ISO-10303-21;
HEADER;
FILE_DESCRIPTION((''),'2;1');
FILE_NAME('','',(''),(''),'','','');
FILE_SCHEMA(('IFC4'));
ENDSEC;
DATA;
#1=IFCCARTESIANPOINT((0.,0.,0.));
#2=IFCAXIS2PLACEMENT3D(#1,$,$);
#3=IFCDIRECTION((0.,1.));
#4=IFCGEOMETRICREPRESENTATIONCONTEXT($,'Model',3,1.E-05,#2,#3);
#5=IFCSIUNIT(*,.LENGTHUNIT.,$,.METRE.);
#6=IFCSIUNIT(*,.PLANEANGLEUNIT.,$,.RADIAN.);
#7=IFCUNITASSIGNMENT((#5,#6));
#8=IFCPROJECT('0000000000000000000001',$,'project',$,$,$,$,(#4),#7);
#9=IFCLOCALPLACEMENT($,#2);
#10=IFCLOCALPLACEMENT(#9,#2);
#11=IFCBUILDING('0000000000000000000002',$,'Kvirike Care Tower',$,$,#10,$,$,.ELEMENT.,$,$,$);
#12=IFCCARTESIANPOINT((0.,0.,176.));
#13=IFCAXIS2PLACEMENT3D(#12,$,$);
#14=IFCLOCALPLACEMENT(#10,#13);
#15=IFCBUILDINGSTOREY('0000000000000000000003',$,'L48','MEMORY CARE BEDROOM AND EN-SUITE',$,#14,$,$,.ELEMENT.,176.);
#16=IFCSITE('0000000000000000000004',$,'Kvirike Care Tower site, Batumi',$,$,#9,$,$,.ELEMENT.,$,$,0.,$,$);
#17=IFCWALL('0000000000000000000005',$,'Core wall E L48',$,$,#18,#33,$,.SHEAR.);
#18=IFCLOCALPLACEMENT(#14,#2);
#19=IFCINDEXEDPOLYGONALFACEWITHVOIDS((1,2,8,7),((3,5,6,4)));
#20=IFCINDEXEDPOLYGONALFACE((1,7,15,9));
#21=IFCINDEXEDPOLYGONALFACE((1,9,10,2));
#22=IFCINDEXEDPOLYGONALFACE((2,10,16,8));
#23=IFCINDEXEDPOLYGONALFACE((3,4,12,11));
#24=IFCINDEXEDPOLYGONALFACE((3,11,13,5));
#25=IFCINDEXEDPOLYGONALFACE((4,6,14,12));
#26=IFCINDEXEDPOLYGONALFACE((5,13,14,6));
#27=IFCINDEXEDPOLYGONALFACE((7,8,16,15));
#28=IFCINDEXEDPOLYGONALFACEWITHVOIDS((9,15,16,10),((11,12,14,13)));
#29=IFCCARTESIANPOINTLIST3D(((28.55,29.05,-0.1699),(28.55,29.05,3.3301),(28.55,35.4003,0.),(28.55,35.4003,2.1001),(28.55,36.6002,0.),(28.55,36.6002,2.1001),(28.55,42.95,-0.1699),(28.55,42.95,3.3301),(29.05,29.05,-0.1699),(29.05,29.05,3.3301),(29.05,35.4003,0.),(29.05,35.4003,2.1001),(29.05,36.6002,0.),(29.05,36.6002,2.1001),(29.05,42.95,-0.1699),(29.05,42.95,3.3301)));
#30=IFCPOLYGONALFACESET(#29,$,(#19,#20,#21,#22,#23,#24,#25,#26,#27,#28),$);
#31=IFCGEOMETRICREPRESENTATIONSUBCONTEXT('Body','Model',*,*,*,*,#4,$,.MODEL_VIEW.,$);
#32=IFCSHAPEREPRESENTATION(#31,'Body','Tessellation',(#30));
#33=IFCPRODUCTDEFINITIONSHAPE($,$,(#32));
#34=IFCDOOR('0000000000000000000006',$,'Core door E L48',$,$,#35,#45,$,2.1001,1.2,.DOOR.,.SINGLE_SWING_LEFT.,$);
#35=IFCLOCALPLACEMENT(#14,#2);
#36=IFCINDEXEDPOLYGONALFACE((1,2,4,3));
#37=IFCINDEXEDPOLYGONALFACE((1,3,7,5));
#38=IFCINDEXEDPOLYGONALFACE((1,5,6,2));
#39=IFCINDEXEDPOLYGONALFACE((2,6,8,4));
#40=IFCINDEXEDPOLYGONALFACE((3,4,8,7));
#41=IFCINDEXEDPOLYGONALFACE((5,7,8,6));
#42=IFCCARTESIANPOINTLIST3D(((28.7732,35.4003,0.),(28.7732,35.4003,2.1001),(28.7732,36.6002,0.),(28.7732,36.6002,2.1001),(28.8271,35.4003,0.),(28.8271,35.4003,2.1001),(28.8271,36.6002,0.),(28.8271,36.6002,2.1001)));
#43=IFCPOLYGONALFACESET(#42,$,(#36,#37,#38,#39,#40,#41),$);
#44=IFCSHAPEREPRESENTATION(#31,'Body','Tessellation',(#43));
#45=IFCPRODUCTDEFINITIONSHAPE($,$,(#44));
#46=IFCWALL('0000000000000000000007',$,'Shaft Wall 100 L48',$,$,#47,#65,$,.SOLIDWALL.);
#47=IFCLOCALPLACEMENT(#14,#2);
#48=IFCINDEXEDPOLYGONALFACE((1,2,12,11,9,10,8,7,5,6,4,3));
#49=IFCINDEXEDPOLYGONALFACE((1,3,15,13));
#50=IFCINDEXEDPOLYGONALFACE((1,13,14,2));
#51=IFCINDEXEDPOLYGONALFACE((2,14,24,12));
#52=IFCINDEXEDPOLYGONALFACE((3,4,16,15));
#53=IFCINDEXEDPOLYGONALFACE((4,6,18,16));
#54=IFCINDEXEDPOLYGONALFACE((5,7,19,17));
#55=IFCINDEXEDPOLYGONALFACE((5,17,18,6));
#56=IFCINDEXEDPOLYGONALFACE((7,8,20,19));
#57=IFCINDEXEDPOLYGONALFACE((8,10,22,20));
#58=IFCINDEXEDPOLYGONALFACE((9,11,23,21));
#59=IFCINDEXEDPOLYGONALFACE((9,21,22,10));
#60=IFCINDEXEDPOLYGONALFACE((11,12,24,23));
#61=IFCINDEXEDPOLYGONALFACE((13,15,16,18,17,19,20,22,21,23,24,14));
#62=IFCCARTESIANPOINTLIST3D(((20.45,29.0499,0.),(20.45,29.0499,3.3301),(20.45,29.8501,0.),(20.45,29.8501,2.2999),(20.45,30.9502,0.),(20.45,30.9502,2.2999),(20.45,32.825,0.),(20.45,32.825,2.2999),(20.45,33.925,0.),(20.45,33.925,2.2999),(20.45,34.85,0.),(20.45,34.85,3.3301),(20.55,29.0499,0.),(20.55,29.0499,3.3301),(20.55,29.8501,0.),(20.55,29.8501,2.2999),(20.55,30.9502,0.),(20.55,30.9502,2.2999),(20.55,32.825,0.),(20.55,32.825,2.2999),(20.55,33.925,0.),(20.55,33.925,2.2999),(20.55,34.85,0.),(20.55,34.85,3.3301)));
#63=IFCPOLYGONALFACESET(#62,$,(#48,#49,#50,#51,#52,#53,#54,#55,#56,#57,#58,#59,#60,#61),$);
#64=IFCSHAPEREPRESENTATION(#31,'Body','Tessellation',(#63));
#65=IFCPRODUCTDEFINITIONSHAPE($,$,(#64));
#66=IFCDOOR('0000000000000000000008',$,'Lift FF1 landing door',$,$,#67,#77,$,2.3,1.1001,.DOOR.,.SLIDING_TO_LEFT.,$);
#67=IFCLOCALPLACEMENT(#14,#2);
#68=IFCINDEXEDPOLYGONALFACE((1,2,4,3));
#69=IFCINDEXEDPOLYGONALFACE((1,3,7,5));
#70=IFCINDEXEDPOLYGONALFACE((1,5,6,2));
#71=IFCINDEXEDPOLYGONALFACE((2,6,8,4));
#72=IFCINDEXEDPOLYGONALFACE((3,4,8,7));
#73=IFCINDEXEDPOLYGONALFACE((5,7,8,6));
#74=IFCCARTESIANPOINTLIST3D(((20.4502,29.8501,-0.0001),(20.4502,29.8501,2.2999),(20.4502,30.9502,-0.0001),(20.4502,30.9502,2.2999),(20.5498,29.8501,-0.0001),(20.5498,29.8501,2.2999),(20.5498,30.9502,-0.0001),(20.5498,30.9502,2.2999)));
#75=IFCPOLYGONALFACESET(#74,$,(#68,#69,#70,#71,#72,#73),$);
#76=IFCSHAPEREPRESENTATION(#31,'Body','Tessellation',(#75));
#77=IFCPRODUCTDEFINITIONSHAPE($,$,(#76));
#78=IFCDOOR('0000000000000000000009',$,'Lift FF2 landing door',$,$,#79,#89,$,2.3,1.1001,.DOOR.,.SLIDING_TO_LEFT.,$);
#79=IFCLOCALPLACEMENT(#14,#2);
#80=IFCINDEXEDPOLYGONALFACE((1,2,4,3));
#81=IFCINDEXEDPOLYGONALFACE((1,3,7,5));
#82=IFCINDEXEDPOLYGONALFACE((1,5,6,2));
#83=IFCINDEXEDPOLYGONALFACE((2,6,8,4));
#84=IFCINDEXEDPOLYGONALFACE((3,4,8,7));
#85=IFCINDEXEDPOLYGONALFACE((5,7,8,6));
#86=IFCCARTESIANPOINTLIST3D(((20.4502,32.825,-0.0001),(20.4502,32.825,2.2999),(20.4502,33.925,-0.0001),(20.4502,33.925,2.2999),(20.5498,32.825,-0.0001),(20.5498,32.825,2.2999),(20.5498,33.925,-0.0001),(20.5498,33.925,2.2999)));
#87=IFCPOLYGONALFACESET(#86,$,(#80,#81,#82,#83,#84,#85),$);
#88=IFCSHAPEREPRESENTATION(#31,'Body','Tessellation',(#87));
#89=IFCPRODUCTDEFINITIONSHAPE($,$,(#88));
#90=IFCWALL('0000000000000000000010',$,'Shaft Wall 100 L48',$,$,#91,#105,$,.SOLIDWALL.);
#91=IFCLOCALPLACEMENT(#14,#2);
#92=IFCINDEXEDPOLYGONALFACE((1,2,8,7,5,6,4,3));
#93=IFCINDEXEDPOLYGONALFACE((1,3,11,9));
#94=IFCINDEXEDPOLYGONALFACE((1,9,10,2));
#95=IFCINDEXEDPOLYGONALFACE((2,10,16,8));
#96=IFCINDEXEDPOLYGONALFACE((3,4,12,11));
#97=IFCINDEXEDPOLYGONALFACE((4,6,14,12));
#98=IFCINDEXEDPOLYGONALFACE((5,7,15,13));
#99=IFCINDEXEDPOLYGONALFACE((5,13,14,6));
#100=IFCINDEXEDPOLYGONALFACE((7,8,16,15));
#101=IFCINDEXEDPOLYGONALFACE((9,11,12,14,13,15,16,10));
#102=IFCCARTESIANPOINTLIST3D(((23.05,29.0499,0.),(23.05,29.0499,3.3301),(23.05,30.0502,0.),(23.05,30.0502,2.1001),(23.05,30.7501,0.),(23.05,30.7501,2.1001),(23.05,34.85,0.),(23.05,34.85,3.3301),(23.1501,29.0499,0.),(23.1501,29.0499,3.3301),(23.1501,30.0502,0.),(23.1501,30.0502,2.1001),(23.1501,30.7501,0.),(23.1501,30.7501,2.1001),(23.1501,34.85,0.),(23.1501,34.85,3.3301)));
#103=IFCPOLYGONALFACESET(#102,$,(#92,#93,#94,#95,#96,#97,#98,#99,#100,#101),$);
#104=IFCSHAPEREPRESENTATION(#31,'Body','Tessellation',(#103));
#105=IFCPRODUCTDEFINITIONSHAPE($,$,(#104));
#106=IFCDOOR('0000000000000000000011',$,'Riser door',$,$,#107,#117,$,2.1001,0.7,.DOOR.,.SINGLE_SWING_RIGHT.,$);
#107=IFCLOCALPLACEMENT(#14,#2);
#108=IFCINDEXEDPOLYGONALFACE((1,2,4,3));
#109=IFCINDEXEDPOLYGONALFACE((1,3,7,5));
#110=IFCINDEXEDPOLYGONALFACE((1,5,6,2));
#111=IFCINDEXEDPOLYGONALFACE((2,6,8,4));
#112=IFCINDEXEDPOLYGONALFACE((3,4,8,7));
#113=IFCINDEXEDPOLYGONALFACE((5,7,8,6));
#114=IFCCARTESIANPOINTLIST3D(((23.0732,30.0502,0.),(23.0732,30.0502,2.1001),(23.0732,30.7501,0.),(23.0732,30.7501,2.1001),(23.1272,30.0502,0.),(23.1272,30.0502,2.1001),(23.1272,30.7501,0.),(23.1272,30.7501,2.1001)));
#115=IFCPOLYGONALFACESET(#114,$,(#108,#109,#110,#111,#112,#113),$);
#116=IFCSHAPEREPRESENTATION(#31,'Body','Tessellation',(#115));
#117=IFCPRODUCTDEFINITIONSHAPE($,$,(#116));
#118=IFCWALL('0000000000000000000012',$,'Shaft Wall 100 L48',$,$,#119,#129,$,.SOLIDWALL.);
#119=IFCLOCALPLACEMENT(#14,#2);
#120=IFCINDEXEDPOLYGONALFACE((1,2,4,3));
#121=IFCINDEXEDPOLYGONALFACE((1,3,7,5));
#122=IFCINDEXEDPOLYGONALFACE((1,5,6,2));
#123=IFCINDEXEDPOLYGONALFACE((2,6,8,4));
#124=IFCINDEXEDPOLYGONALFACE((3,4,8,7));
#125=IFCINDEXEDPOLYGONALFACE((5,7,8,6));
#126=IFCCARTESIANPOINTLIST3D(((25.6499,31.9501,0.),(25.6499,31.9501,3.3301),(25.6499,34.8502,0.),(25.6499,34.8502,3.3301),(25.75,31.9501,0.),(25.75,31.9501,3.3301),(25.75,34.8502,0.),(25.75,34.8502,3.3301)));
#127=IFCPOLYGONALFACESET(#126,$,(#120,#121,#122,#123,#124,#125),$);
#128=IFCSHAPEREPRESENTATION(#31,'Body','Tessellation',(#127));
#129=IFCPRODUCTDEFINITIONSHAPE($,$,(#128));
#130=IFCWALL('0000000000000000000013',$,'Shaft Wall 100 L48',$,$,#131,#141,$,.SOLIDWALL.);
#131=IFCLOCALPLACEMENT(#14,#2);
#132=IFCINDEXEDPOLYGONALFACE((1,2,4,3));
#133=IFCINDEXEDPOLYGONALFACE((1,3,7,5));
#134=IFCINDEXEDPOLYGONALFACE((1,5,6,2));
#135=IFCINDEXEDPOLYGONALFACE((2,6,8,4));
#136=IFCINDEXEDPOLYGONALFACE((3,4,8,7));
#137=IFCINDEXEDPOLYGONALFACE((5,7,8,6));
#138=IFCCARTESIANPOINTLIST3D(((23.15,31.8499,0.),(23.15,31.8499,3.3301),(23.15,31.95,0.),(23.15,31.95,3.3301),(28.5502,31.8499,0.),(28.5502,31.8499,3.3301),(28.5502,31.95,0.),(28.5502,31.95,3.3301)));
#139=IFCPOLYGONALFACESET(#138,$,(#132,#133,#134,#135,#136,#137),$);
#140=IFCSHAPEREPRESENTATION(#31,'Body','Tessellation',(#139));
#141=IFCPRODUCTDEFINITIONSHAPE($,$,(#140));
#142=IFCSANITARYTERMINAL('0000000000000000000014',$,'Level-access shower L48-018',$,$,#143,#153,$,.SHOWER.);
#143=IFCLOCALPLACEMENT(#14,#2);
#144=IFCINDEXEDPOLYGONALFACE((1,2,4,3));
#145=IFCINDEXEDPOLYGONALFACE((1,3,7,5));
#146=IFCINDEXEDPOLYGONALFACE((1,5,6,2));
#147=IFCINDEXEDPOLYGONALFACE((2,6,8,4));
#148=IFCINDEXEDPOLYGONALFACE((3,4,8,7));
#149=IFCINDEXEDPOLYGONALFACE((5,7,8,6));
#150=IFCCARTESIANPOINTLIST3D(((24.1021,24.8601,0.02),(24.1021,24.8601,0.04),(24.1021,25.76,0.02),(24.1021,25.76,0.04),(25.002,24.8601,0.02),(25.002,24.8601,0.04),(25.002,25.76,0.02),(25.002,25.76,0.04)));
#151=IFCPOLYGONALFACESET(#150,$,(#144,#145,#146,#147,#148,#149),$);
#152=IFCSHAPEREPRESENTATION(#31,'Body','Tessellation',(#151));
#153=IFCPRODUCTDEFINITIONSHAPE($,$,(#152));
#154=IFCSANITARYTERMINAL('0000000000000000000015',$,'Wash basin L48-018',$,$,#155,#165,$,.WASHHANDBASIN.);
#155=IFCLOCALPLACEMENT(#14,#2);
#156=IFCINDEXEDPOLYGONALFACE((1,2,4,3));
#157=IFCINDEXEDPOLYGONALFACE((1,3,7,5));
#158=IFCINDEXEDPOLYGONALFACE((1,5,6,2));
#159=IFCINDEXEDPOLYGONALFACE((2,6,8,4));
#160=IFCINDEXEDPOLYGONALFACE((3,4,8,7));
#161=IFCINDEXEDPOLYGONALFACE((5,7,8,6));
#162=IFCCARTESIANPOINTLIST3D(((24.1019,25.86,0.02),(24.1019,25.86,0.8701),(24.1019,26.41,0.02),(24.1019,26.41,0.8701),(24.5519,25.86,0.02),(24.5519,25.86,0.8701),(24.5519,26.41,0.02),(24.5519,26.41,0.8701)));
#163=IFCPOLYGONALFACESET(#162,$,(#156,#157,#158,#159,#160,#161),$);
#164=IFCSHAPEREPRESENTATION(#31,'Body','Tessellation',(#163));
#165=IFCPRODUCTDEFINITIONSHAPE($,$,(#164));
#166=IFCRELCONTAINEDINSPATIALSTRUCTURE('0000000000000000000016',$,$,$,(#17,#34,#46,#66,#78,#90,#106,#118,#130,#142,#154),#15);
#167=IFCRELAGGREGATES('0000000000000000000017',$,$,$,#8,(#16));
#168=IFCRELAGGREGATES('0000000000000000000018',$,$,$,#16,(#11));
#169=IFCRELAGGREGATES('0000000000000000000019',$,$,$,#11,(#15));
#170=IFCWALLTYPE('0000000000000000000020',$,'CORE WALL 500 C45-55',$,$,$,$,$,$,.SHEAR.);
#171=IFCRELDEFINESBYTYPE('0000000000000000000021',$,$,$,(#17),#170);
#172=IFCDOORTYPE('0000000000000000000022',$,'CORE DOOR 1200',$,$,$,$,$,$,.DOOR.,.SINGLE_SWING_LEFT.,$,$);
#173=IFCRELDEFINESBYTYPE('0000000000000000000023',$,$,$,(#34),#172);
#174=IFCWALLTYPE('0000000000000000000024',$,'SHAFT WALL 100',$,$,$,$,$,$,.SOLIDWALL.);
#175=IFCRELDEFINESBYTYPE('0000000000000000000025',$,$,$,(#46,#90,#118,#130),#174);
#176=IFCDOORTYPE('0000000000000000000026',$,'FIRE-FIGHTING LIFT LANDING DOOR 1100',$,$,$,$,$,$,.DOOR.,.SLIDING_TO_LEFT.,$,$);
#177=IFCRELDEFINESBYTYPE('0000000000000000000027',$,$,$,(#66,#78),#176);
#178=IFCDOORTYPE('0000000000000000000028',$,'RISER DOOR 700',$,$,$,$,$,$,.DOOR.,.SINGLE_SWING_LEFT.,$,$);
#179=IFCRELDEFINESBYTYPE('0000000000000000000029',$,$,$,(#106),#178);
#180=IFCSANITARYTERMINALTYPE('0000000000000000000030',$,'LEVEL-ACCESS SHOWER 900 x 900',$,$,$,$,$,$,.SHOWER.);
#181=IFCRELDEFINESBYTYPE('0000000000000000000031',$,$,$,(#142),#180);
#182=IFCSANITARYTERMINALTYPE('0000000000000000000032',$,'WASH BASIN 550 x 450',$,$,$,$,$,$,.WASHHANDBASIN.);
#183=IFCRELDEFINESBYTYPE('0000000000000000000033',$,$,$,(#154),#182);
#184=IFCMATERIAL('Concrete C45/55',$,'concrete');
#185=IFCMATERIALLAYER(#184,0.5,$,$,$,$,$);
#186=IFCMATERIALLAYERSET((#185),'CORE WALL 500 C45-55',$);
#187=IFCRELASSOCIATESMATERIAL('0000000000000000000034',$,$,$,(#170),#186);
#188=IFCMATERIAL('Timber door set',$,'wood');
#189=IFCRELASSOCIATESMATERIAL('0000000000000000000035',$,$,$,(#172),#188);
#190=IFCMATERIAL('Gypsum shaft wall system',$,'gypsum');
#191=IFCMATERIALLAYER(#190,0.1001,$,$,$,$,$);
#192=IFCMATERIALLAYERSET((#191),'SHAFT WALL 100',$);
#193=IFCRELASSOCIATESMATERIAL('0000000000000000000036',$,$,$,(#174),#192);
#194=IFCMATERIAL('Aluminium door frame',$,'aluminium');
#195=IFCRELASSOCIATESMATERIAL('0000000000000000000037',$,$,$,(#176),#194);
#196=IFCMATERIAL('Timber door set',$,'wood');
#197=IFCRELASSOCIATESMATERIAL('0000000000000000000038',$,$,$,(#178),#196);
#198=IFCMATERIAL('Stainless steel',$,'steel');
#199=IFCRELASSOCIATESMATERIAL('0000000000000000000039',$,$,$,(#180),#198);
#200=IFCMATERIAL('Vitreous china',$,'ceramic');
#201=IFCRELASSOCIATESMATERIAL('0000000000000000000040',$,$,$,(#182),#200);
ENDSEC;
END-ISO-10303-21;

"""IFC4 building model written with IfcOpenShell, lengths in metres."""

from ifc_helpers import new_model, si_unit, direction, frame, frame_2d, origin, origin_2d, place, context, subcontext, project, spatial, rectangle, extrude, material, layer, layer_set, type_object, element, fill, save


model = new_model("IFC4")

# Units and contexts
model_context = context("Model", 3, precision=1e-05, world=origin(), true_north=direction((0.0, 1.0)))
body_context = subcontext(model_context, "Body", "Model", "MODEL_VIEW")
ifc_project = project(units=[si_unit("LENGTHUNIT", "METRE"), si_unit("PLANEANGLEUNIT", "RADIAN")], contexts=[model_context])

# Site, building, storey
site_placement = place(None, origin())
site = spatial("IfcSite", under=ifc_project, at=site_placement, Name="Kvirike Care Tower site, Batumi", CompositionType="ELEMENT", RefElevation=0.0)
building_placement = place(site_placement, origin())
building = spatial("IfcBuilding", under=site, at=building_placement, Name="Kvirike Care Tower", CompositionType="ELEMENT")
storey_placement = place(building_placement, frame((0.0, 0.0, 176.0)))
storey = spatial("IfcBuildingStorey", under=building, at=storey_placement, Name="L48", Description="MEMORY CARE BEDROOM AND EN-SUITE", CompositionType="ELEMENT", Elevation=176.0)

# Wall, opening, door
ifc_material_1 = material(Name="Concrete C45/55", Category="concrete")
ifc_layer_1 = layer(ifc_material_1, 0.5)
ifc_layer_set_1 = layer_set([ifc_layer_1], Name="CORE WALL 500 C45-55")
wall_type_1 = type_object("IfcWallType", Name="CORE WALL 500 C45-55", PredefinedType="SHEAR", material=ifc_layer_set_1)
wall_1_placement = place(storey_placement, frame((28.8, 29.05, -0.1699), z_axis=(0.0, 0.0, 1.0), x_axis=(0.0, 1.0, 0.0)))
wall_1 = element("IfcWall", 1, at=wall_1_placement, inside=storey, type_object=wall_type_1, Name="Core wall E L48", PredefinedType="SHEAR", context=body_context, shape_type="SweptSolid", body=[
    extrude(rectangle(XDim=13.8999, YDim=0.5, at=frame_2d((6.95, 0.0))), origin(), (0.0, 0.0, 1.0), 3.5),
])
opening_1_placement = place(wall_1_placement, frame((6.3501, 0.0, 0.1699)))
opening_1 = element("IfcOpeningElement", 2, at=opening_1_placement, cuts=wall_1, PredefinedType="OPENING", context=body_context, shape_type="SweptSolid", body=[
    extrude(rectangle(XDim=1.2, YDim=2.1001, at=frame_2d((0.6001, 1.05))), frame((0.0, 0.2605, 0.0), z_axis=(0.0, -1.0, 0.0), x_axis=(1.0, 0.0, 0.0)), (0.0, 0.0, 1.0), 0.521),
])
ifc_material_2 = material(Name="Timber door set", Category="wood")
door_type_1 = type_object("IfcDoorType", Name="CORE DOOR 1200", OperationType="SINGLE_SWING_LEFT", PredefinedType="DOOR", material=ifc_material_2)
door_1_placement = place(opening_1_placement, origin())
door_1 = element("IfcDoor", 3, at=door_1_placement, inside=storey, type_object=door_type_1, Name="Core door E L48", OperationType="SINGLE_SWING_LEFT", OverallHeight=2.1001, OverallWidth=1.2, PredefinedType="DOOR", context=body_context, shape_type="SweptSolid", body=[
    extrude(rectangle(XDim=1.2, YDim=2.1001, at=frame_2d((0.6001, 1.05))), frame((0.0, 0.0269, 0.0), z_axis=(0.0, -1.0, 0.0), x_axis=(1.0, 0.0, 0.0)), (0.0, 0.0, 1.0), 0.054),
])
fill(opening_1, door_1)

# Wall, openings, doors
ifc_material_3 = material(Name="Gypsum shaft wall system", Category="gypsum")
ifc_layer_2 = layer(ifc_material_3, 0.1001)
ifc_layer_set_2 = layer_set([ifc_layer_2], Name="SHAFT WALL 100")
wall_type_2 = type_object("IfcWallType", Name="SHAFT WALL 100", PredefinedType="SOLIDWALL", material=ifc_layer_set_2)
wall_2_placement = place(storey_placement, frame((20.5, 29.05, 0.0), z_axis=(0.0, 0.0, 1.0), x_axis=(0.0, 1.0, 0.0)))
wall_2 = element("IfcWall", 4, at=wall_2_placement, inside=storey, type_object=wall_type_2, Name="Shaft Wall 100 L48", PredefinedType="SOLIDWALL", context=body_context, shape_type="SweptSolid", body=[
    extrude(rectangle(XDim=5.8, YDim=0.1001, at=frame_2d((2.8999, 0.0))), origin(), (0.0, 0.0, 1.0), 3.3301),
])
opening_2_placement = place(wall_2_placement, frame((0.8, 0.0, 0.0)))
opening_2 = element("IfcOpeningElement", 5, at=opening_2_placement, cuts=wall_2, PredefinedType="OPENING", context=body_context, shape_type="SweptSolid", body=[
    extrude(rectangle(XDim=1.1001, YDim=2.3, at=frame_2d((0.55, 1.1499))), frame((0.0, 0.0605, 0.0), z_axis=(0.0, -1.0, 0.0), x_axis=(1.0, 0.0, 0.0)), (0.0, 0.0, 1.0), 0.1211),
])
opening_3_placement = place(wall_2_placement, frame((3.7749, 0.0, 0.0)))
opening_3 = element("IfcOpeningElement", 6, at=opening_3_placement, cuts=wall_2, PredefinedType="OPENING", context=body_context, shape_type="SweptSolid", body=[
    extrude(rectangle(XDim=1.1001, YDim=2.3, at=frame_2d((0.55, 1.1499))), frame((0.0, 0.0605, 0.0), z_axis=(0.0, -1.0, 0.0), x_axis=(1.0, 0.0, 0.0)), (0.0, 0.0, 1.0), 0.1211),
])
ifc_material_4 = material(Name="Aluminium door frame", Category="aluminium")
door_type_2 = type_object("IfcDoorType", Name="FIRE-FIGHTING LIFT LANDING DOOR 1100", OperationType="SLIDING_TO_LEFT", PredefinedType="DOOR", material=ifc_material_4)
door_2_placement = place(opening_2_placement, origin())
door_2 = element("IfcDoor", 7, at=door_2_placement, inside=storey, type_object=door_type_2, Name="Lift FF1 landing door", OperationType="SLIDING_TO_LEFT", OverallHeight=2.3, OverallWidth=1.1001, PredefinedType="DOOR", context=body_context, shape_type="SweptSolid", body=[
    extrude(rectangle(XDim=1.1001, YDim=2.3, at=frame_2d((0.55, 1.1499))), frame((0.0, 0.0498, 0.0), z_axis=(0.0, -1.0, 0.0), x_axis=(1.0, 0.0, 0.0)), (0.0, 0.0, 1.0), 0.0996),
])
fill(opening_2, door_2)
door_3_placement = place(opening_3_placement, origin())
door_3 = element("IfcDoor", 8, at=door_3_placement, inside=storey, type_object=door_type_2, Name="Lift FF2 landing door", OperationType="SLIDING_TO_LEFT", OverallHeight=2.3, OverallWidth=1.1001, PredefinedType="DOOR", context=body_context, shape_type="SweptSolid", body=[
    extrude(rectangle(XDim=1.1001, YDim=2.3, at=frame_2d((0.55, 1.1499))), frame((0.0, 0.0498, 0.0), z_axis=(0.0, -1.0, 0.0), x_axis=(1.0, 0.0, 0.0)), (0.0, 0.0, 1.0), 0.0996),
])
fill(opening_3, door_3)

# Wall, opening, door
wall_3_placement = place(storey_placement, frame((23.1001, 29.05, 0.0), z_axis=(0.0, 0.0, 1.0), x_axis=(0.0, 1.0, 0.0)))
wall_3 = element("IfcWall", 9, at=wall_3_placement, inside=storey, type_object=wall_type_2, Name="Shaft Wall 100 L48", PredefinedType="SOLIDWALL", context=body_context, shape_type="SweptSolid", body=[
    extrude(rectangle(XDim=5.8, YDim=0.1001, at=frame_2d((2.8999, 0.0))), origin(), (0.0, 0.0, 1.0), 3.3301),
])
opening_4_placement = place(wall_3_placement, frame((1.0, 0.0, 0.0)))
opening_4 = element("IfcOpeningElement", 10, at=opening_4_placement, cuts=wall_3, PredefinedType="OPENING", context=body_context, shape_type="SweptSolid", body=[
    extrude(rectangle(XDim=0.7, YDim=2.1001, at=frame_2d((0.3501, 1.05))), frame((0.0, 0.0605, 0.0), z_axis=(0.0, -1.0, 0.0), x_axis=(1.0, 0.0, 0.0)), (0.0, 0.0, 1.0), 0.1211),
])
ifc_material_5 = material(Name="Timber door set", Category="wood")
door_type_3 = type_object("IfcDoorType", Name="RISER DOOR 700", OperationType="SINGLE_SWING_LEFT", PredefinedType="DOOR", material=ifc_material_5)
door_4_placement = place(opening_4_placement, origin())
door_4 = element("IfcDoor", 11, at=door_4_placement, inside=storey, type_object=door_type_3, Name="Riser door", OperationType="SINGLE_SWING_RIGHT", OverallHeight=2.1001, OverallWidth=0.7, PredefinedType="DOOR", context=body_context, shape_type="SweptSolid", body=[
    extrude(rectangle(XDim=0.7, YDim=2.1001, at=frame_2d((0.3501, 1.05))), frame((0.0, 0.0269, 0.0), z_axis=(0.0, -1.0, 0.0), x_axis=(1.0, 0.0, 0.0)), (0.0, 0.0, 1.0), 0.054),
])
fill(opening_4, door_4)

# Walls
wall_4_placement = place(storey_placement, frame((25.7, 31.95, 0.0), z_axis=(0.0, 0.0, 1.0), x_axis=(0.0, 1.0, 0.0)))
element("IfcWall", 12, at=wall_4_placement, inside=storey, type_object=wall_type_2, Name="Shaft Wall 100 L48", PredefinedType="SOLIDWALL", context=body_context, shape_type="SweptSolid", body=[
    extrude(rectangle(XDim=2.9001, YDim=0.1001, at=frame_2d((1.4502, 0.0))), origin(), (0.0, 0.0, 1.0), 3.3301),
])
wall_5_placement = place(storey_placement, frame((23.1499, 31.8999, 0.0), z_axis=(0.0, 0.0, 1.0), x_axis=(1.0, 0.0, 0.0)))
element("IfcWall", 13, at=wall_5_placement, inside=storey, type_object=wall_type_2, Name="Shaft Wall 100 L48", PredefinedType="SOLIDWALL", context=body_context, shape_type="SweptSolid", body=[
    extrude(rectangle(XDim=5.4001, YDim=0.1001, at=frame_2d((2.7002, 0.0))), origin(), (0.0, 0.0, 1.0), 3.3301),
])

# Sanitary terminals
ifc_material_6 = material(Name="Stainless steel", Category="steel")
sanitary_terminal_type_1 = type_object("IfcSanitaryTerminalType", Name="LEVEL-ACCESS SHOWER 900 x 900", PredefinedType="SHOWER", material=ifc_material_6)
sanitary_terminal_1_placement = place(storey_placement, frame((24.552, 25.3101, 0.02), z_axis=(0.0, 0.0, 1.0), x_axis=(0.0, 1.0, 0.0)))
element("IfcSanitaryTerminal", 14, at=sanitary_terminal_1_placement, inside=storey, type_object=sanitary_terminal_type_1, Name="Level-access shower L48-018", PredefinedType="SHOWER", context=body_context, shape_type="SweptSolid", body=[
    extrude(rectangle(XDim=0.8999, YDim=0.8999, at=origin_2d()), origin(), (0.0, 0.0, 1.0), 0.02),
])
ifc_material_7 = material(Name="Vitreous china", Category="ceramic")
sanitary_terminal_type_2 = type_object("IfcSanitaryTerminalType", Name="WASH BASIN 550 x 450", PredefinedType="WASHHANDBASIN", material=ifc_material_7)
sanitary_terminal_2_placement = place(storey_placement, frame((24.3269, 26.135, 0.02), z_axis=(0.0, 0.0, 1.0), x_axis=(0.0, 1.0, 0.0)))
element("IfcSanitaryTerminal", 15, at=sanitary_terminal_2_placement, inside=storey, type_object=sanitary_terminal_type_2, Name="Wash basin L48-018", PredefinedType="WASHHANDBASIN", context=body_context, shape_type="SweptSolid", body=[
    extrude(rectangle(XDim=0.55, YDim=0.45, at=origin_2d()), origin(), (0.0, 0.0, 1.0), 0.8501),
])

save(model, "model.ifc")
